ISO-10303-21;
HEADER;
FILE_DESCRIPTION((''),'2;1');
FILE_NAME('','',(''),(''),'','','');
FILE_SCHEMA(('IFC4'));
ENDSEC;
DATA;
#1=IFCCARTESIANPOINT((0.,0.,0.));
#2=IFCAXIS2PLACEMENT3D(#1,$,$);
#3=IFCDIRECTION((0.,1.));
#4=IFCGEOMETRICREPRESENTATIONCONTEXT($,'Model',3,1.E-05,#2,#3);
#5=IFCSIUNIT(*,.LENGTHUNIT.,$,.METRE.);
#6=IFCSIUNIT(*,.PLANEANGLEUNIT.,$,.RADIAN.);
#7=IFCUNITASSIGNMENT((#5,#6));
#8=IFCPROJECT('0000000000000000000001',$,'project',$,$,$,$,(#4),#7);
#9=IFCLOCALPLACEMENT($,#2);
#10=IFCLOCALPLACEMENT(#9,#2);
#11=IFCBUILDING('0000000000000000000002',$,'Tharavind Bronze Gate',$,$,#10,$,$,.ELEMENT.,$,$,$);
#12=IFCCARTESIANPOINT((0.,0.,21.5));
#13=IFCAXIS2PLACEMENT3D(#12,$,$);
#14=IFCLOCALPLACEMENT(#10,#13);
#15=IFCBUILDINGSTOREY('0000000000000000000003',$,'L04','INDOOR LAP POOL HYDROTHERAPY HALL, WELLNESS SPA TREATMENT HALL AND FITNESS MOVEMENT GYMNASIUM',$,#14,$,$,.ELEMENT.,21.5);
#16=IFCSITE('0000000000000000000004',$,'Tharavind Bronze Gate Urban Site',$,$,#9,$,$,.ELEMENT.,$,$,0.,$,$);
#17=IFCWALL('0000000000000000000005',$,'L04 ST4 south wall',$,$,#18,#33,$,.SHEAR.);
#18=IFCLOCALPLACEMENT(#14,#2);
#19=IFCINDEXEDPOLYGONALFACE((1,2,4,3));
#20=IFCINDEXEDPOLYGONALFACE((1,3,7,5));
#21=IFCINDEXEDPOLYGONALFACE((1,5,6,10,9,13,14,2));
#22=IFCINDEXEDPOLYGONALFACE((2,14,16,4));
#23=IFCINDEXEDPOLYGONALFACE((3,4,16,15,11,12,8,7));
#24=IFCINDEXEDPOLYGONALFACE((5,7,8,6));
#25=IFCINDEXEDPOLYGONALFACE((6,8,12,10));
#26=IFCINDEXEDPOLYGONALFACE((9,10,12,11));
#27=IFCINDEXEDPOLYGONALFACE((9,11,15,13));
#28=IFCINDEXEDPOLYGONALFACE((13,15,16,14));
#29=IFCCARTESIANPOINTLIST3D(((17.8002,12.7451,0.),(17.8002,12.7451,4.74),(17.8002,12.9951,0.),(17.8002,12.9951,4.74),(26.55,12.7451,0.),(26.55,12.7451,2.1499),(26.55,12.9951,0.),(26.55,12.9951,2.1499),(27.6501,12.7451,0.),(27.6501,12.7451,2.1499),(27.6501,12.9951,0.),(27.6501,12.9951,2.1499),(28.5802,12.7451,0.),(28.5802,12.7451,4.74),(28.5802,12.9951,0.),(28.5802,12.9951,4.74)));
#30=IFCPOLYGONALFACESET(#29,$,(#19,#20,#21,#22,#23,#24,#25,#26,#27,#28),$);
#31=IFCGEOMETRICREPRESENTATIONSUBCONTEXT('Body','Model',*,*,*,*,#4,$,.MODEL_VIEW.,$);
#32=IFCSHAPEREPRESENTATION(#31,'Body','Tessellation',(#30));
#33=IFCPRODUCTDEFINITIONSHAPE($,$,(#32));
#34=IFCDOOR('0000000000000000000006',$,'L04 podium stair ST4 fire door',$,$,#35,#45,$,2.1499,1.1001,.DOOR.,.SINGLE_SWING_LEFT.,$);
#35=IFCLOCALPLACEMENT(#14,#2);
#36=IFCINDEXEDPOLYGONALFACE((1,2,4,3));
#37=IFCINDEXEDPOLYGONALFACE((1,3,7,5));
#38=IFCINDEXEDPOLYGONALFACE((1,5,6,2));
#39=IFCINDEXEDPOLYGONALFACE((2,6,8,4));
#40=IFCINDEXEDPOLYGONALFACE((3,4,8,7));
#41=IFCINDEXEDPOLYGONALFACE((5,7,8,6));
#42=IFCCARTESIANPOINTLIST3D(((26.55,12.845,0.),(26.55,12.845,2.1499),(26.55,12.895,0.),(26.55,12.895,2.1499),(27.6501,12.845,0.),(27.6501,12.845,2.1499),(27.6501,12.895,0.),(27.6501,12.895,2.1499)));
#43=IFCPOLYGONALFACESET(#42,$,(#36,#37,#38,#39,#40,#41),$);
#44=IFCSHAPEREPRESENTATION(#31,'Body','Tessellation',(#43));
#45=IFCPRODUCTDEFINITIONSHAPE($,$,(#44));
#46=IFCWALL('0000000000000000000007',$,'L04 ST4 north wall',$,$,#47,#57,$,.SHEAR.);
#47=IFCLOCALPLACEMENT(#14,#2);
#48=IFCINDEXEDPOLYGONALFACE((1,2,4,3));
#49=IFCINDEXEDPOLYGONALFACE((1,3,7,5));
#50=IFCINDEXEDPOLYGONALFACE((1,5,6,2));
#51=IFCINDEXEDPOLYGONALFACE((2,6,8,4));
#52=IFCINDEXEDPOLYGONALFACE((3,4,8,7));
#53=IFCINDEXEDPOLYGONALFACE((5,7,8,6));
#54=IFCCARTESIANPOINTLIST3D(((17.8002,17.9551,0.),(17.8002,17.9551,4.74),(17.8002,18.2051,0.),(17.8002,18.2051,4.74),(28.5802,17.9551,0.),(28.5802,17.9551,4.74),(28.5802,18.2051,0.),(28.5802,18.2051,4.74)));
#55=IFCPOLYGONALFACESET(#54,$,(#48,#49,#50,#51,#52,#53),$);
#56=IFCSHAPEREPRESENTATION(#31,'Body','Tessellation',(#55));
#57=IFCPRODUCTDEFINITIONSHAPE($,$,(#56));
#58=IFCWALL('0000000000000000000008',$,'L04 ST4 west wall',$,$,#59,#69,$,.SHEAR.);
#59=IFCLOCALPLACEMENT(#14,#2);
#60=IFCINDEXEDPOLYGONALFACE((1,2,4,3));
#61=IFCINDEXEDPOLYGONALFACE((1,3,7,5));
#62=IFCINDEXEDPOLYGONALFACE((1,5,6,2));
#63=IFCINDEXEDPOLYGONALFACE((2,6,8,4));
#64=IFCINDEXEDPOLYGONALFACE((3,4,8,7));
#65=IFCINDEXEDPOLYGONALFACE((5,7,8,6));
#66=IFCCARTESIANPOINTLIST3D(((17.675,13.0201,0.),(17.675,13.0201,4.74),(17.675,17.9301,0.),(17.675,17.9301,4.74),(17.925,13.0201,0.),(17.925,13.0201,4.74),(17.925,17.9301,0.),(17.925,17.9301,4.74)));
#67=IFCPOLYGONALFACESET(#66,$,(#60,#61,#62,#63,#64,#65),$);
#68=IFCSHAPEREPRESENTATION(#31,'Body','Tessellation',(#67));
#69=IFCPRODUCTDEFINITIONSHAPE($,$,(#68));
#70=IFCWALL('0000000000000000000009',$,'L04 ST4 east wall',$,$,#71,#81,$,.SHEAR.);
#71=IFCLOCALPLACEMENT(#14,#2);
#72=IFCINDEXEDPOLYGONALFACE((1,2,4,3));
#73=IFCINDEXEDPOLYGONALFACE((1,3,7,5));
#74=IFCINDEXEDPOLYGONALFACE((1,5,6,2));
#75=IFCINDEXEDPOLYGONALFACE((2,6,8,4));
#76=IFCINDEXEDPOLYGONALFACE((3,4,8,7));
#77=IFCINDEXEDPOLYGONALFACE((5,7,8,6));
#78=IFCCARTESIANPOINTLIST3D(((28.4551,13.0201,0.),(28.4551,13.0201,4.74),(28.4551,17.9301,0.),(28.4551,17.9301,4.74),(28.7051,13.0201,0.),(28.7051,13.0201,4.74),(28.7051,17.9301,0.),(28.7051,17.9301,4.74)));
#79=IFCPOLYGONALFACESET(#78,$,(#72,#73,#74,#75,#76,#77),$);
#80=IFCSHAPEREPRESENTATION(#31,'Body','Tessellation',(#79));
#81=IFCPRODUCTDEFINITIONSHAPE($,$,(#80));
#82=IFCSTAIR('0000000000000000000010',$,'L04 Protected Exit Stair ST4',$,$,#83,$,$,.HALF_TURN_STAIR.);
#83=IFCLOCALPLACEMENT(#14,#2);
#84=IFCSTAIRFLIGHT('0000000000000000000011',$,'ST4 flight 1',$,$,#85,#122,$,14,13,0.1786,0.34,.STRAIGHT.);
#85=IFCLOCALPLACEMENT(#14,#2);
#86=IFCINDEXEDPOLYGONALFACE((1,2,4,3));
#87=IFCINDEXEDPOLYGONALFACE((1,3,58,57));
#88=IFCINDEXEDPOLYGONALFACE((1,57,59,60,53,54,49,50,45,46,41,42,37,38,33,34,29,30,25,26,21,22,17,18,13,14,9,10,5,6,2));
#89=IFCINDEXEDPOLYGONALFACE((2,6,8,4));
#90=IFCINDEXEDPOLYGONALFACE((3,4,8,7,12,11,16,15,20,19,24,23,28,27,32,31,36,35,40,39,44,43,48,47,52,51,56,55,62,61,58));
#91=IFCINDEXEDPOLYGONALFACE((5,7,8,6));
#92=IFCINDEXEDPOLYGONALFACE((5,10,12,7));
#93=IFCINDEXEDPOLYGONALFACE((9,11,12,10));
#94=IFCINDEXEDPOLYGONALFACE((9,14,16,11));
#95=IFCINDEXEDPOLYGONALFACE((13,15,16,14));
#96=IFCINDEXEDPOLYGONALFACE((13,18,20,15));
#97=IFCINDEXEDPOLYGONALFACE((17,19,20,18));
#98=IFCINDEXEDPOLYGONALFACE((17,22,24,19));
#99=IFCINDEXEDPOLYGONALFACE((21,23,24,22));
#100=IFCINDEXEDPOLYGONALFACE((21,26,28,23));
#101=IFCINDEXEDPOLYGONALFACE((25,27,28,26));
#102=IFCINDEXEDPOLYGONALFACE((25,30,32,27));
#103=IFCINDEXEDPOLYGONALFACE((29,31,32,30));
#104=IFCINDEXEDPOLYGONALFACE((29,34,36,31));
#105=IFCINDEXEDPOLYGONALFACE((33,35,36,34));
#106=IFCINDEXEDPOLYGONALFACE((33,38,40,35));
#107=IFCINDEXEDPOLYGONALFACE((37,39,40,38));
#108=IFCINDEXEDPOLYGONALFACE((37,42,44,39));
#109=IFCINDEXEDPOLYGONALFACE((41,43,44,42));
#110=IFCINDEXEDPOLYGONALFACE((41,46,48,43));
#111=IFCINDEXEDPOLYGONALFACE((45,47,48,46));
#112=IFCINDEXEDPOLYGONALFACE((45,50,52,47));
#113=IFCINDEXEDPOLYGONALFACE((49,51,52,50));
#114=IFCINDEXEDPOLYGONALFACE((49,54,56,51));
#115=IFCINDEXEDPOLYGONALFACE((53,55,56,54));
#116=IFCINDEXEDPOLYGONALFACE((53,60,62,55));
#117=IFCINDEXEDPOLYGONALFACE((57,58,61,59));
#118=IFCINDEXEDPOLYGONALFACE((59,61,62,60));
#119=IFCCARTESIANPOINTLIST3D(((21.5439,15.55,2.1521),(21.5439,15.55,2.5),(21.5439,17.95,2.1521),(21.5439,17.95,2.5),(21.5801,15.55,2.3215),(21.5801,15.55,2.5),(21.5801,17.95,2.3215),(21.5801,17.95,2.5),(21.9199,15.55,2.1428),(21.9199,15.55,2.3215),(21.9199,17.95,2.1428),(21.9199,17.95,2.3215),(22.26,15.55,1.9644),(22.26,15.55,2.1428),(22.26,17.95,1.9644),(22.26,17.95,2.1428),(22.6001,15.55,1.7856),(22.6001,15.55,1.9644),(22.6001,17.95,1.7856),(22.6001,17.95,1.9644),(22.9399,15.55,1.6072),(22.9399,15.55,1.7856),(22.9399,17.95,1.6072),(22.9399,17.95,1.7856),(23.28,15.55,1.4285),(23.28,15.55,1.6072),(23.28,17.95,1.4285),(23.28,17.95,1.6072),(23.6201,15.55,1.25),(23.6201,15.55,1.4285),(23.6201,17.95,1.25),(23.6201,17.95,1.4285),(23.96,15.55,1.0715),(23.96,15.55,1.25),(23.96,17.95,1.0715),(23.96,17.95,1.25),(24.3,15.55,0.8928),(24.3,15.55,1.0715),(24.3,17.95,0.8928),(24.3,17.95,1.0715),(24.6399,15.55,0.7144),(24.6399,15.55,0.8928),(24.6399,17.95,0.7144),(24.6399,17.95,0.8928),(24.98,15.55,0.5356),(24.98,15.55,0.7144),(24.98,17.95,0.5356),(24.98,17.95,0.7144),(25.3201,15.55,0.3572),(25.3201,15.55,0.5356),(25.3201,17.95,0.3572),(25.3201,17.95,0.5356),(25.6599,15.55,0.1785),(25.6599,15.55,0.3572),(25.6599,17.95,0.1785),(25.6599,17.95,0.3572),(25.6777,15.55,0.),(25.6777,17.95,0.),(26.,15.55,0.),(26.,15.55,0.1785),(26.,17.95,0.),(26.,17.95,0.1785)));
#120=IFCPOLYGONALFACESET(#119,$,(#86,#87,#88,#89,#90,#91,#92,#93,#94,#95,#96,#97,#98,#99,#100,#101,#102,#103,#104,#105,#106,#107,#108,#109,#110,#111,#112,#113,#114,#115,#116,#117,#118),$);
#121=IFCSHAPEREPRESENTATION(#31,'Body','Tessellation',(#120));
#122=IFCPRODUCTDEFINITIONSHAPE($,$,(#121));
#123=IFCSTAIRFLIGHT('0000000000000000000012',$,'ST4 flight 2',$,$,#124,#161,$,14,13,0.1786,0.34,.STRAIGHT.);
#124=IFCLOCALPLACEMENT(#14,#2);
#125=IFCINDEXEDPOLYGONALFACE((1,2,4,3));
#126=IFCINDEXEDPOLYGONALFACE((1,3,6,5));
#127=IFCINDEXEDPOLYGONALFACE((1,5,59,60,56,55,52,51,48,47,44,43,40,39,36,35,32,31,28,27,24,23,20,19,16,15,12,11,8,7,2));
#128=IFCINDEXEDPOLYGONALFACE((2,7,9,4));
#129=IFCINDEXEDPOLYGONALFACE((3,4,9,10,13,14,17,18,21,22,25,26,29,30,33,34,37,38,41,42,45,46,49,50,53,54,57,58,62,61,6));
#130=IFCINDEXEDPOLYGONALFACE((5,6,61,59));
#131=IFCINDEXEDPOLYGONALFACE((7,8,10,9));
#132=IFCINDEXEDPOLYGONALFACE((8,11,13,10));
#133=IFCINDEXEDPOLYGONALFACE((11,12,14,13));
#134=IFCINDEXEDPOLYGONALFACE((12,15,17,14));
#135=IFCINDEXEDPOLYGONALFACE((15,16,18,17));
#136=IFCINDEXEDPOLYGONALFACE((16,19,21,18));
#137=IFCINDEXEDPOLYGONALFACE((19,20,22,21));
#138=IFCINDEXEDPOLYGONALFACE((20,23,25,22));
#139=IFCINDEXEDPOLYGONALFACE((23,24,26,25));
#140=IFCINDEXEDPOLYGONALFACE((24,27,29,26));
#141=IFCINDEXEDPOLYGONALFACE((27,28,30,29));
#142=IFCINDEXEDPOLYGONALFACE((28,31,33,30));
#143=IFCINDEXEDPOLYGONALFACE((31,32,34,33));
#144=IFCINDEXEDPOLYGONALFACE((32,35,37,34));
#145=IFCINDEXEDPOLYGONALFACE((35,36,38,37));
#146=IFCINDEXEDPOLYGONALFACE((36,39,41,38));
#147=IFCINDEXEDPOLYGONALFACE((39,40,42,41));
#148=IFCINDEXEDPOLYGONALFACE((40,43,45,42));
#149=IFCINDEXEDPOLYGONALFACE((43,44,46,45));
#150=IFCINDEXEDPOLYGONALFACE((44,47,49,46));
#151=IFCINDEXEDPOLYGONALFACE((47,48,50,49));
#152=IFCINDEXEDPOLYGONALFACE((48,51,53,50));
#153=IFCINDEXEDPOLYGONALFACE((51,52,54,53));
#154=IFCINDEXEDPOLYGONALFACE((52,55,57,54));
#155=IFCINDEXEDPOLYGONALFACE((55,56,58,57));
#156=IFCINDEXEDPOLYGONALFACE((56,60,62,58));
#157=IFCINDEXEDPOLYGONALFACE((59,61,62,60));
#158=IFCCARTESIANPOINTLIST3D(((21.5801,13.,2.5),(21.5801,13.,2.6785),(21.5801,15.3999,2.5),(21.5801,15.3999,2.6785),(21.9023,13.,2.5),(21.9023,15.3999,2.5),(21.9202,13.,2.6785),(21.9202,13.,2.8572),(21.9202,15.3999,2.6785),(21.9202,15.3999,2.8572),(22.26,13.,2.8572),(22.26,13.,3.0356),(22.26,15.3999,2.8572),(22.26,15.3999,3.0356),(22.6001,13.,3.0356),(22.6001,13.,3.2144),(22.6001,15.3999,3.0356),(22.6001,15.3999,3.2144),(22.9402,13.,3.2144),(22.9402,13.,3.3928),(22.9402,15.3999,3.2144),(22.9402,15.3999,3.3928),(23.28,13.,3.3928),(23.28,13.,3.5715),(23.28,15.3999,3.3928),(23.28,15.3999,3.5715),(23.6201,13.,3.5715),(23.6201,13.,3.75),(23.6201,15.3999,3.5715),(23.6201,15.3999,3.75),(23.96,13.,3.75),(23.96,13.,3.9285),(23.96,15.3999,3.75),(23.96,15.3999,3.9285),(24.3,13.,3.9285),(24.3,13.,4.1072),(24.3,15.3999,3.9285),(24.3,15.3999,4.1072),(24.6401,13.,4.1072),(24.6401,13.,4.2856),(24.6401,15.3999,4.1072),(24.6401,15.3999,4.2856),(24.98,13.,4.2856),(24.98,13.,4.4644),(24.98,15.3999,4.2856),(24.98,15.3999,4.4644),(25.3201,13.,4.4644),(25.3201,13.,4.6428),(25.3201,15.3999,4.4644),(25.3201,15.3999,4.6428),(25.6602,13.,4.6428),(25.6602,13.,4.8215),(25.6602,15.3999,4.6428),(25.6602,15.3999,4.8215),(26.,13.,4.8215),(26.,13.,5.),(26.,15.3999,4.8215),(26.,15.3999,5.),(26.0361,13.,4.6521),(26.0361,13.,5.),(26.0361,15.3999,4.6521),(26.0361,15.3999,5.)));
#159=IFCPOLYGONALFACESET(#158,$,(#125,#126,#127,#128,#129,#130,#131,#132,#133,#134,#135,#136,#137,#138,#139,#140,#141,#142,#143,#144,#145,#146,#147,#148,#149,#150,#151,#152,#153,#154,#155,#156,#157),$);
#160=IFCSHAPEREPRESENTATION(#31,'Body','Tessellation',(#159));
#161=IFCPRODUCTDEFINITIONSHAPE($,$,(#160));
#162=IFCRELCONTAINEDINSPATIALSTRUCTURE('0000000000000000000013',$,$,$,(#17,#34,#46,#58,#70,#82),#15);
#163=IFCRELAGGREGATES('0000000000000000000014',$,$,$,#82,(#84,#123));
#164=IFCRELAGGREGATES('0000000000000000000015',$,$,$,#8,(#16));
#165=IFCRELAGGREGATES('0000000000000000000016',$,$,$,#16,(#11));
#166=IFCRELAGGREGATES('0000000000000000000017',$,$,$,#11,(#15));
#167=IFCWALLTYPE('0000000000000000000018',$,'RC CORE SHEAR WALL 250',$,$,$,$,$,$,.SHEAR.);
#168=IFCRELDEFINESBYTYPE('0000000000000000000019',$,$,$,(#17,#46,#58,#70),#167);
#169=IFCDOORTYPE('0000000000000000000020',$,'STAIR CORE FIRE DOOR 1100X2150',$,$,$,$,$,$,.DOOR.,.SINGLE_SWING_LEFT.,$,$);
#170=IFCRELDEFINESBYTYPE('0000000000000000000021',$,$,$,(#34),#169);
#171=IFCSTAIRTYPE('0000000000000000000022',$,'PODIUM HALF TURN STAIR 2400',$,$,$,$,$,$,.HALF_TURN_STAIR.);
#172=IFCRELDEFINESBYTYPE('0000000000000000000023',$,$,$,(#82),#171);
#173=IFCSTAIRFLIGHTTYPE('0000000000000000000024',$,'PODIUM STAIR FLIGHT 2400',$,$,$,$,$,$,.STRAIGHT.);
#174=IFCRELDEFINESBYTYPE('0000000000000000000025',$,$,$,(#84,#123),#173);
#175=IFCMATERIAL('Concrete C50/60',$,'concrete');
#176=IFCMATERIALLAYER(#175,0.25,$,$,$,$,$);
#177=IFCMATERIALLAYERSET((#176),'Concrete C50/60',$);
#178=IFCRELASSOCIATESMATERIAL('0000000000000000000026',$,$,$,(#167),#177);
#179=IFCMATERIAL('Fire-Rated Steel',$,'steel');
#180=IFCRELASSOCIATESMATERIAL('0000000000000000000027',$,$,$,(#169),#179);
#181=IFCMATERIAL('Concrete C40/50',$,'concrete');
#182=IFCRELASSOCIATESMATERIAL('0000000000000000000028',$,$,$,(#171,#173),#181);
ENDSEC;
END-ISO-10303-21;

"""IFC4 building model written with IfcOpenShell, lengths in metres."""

from ifc_helpers import new_model, si_unit, direction, frame, frame_2d, origin, place, context, subcontext, project, spatial, polyline, rectangle, outline, extrude, material, layer, layer_set, type_object, element, fill, aggregate, save


model = new_model("IFC4")

# Units and contexts
model_context = context("Model", 3, precision=1e-05, world=origin(), true_north=direction((0.0, 1.0)))
body_context = subcontext(model_context, "Body", "Model", "MODEL_VIEW")
ifc_project = project(units=[si_unit("LENGTHUNIT", "METRE"), si_unit("PLANEANGLEUNIT", "RADIAN")], contexts=[model_context])

# Site, building, storey
site_placement = place(None, origin())
site = spatial("IfcSite", under=ifc_project, at=site_placement, Name="Tharavind Bronze Gate Urban Site", CompositionType="ELEMENT", RefElevation=0.0)
building_placement = place(site_placement, origin())
building = spatial("IfcBuilding", under=site, at=building_placement, Name="Tharavind Bronze Gate", CompositionType="ELEMENT")
storey_placement = place(building_placement, frame((0.0, 0.0, 21.5)))
storey = spatial("IfcBuildingStorey", under=building, at=storey_placement, Name="L04", Description="INDOOR LAP POOL HYDROTHERAPY HALL, WELLNESS SPA TREATMENT HALL AND FITNESS MOVEMENT GYMNASIUM", CompositionType="ELEMENT", Elevation=21.5)

# Wall, opening, door
ifc_material_1 = material(Name="Concrete C50/60", Category="concrete")
ifc_layer_1 = layer(ifc_material_1, 0.25)
ifc_layer_set_1 = layer_set([ifc_layer_1], Name="Concrete C50/60")
wall_type_1 = type_object("IfcWallType", Name="RC CORE SHEAR WALL 250", PredefinedType="SHEAR", material=ifc_layer_set_1)
wall_1_placement = place(storey_placement, frame((17.8, 12.8701, 0.0), z_axis=(0.0, 0.0, 1.0), x_axis=(1.0, 0.0, 0.0)))
wall_1 = element("IfcWall", 1, at=wall_1_placement, inside=storey, type_object=wall_type_1, Name="L04 ST4 south wall", PredefinedType="SHEAR", context=body_context, shape_type="SweptSolid", body=[
    extrude(rectangle(XDim=10.78, YDim=0.25, at=frame_2d((5.3901, 0.0))), origin(), (0.0, 0.0, 1.0), 4.74),
])
opening_1_placement = place(wall_1_placement, frame((8.75, 0.0, 0.0)))
opening_1 = element("IfcOpeningElement", 2, at=opening_1_placement, cuts=wall_1, PredefinedType="OPENING", context=body_context, shape_type="SweptSolid", body=[
    extrude(rectangle(XDim=1.1001, YDim=2.1499, at=frame_2d((0.55, 1.075))), frame((0.0, 0.135, 0.0), z_axis=(0.0, -1.0, 0.0), x_axis=(1.0, 0.0, 0.0)), (0.0, 0.0, 1.0), 0.27),
])
ifc_material_2 = material(Name="Fire-Rated Steel", Category="steel")
door_type_1 = type_object("IfcDoorType", Name="STAIR CORE FIRE DOOR 1100X2150", OperationType="SINGLE_SWING_LEFT", PredefinedType="DOOR", material=ifc_material_2)
door_1_placement = place(opening_1_placement, origin())
door_1 = element("IfcDoor", 3, at=door_1_placement, inside=storey, type_object=door_type_1, Name="L04 podium stair ST4 fire door", OperationType="SINGLE_SWING_LEFT", OverallHeight=2.1499, OverallWidth=1.1001, PredefinedType="DOOR", context=body_context, shape_type="SweptSolid", body=[
    extrude(rectangle(XDim=1.1001, YDim=2.1499, at=frame_2d((0.55, 1.075))), frame((0.0, 0.0249, 0.0), z_axis=(0.0, -1.0, 0.0), x_axis=(1.0, 0.0, 0.0)), (0.0, 0.0, 1.0), 0.05),
])
fill(opening_1, door_1)

# Walls
wall_2_placement = place(storey_placement, frame((17.8, 18.0801, 0.0), z_axis=(0.0, 0.0, 1.0), x_axis=(1.0, 0.0, 0.0)))
element("IfcWall", 4, at=wall_2_placement, inside=storey, type_object=wall_type_1, Name="L04 ST4 north wall", PredefinedType="SHEAR", context=body_context, shape_type="SweptSolid", body=[
    extrude(rectangle(XDim=10.78, YDim=0.25, at=frame_2d((5.3901, 0.0))), origin(), (0.0, 0.0, 1.0), 4.74),
])
for number, where, z_axis, x_axis, name in (
    (5, (17.8, 13.02, 0.0), (0.0, 0.0, 1.0), (0.0, 1.0, 0.0), "L04 ST4 west wall"),
    (6, (28.5801, 13.02, 0.0), (0.0, 0.0, 1.0), (0.0, 1.0, 0.0), "L04 ST4 east wall"),
):
    element("IfcWall", number, at=place(storey_placement, frame(where, z_axis=z_axis, x_axis=x_axis)), inside=storey, type_object=wall_type_1, Name=name, PredefinedType="SHEAR", context=body_context, shape_type="SweptSolid", body=[
        extrude(rectangle(XDim=4.9099, YDim=0.25, at=frame_2d((2.4551, 0.0))), origin(), (0.0, 0.0, 1.0), 4.74),
    ])

# Stair, stair flights
ifc_material_3 = material(Name="Concrete C40/50", Category="concrete")
stair_type = type_object("IfcStairType", Name="PODIUM HALF TURN STAIR 2400", PredefinedType="HALF_TURN_STAIR", material=ifc_material_3)
stair_placement = place(storey_placement, origin())
stair = element("IfcStair", 7, at=stair_placement, inside=storey, type_object=stair_type, Name="L04 Protected Exit Stair ST4", PredefinedType="HALF_TURN_STAIR")
stair_flight_type = type_object("IfcStairFlightType", Name="PODIUM STAIR FLIGHT 2400", PredefinedType="STRAIGHT", material=ifc_material_3)
stair_flight_1_placement = place(storey_placement, frame((26.0, 16.75, 0.0), z_axis=(0.0, 0.0, 1.0), x_axis=(-1.0, 0.0, 0.0)))
stair_flight_1 = element("IfcStairFlight", 8, at=stair_flight_1_placement, type_object=stair_flight_type, Name="ST4 flight 1", NumberOfRisers=14, NumberOfTreads=13, PredefinedType="STRAIGHT", RiserHeight=0.1786, TreadLength=0.34, context=body_context, shape_type="SweptSolid", body=[
    extrude(outline(polyline([(0.0, 0.0), (0.0, 0.1785), (0.3401, 0.1785), (0.3401, 0.3572), (0.6799, 0.3572), (0.6799, 0.5356), (1.02, 0.5356), (1.02, 0.7144), (1.3601, 0.7144), (1.3601, 0.8928), (1.7, 0.8928), (1.7, 1.0715), (2.04, 1.0715), (2.04, 1.25), (2.3799, 1.25), (2.3799, 1.4285), (2.72, 1.4285), (2.72, 1.6072), (3.0601, 1.6072), (3.0601, 1.7856), (3.3999, 1.7856), (3.3999, 1.9644), (3.74, 1.9644), (3.74, 2.1428), (4.0801, 2.1428), (4.0801, 2.3215), (4.4199, 2.3215), (4.4199, 2.5), (4.4561, 2.5), (4.4561, 2.1521), (0.3223, 0.0), (0.0, 0.0)])), frame((0.0, 1.2, 0.0), z_axis=(0.0, -1.0, 0.0), x_axis=(1.0, 0.0, 0.0)), (0.0, 0.0, 1.0), 2.3999),
])
stair_flight_2_placement = place(storey_placement, frame((21.5801, 14.2, 2.5), z_axis=(0.0, 0.0, 1.0), x_axis=(1.0, 0.0, 0.0)))
stair_flight_2 = element("IfcStairFlight", 9, at=stair_flight_2_placement, type_object=stair_flight_type, Name="ST4 flight 2", NumberOfRisers=14, NumberOfTreads=13, PredefinedType="STRAIGHT", RiserHeight=0.1786, TreadLength=0.34, context=body_context, shape_type="SweptSolid", body=[
    extrude(outline(polyline([(0.0, 0.0), (0.0, 0.1785), (0.3401, 0.1785), (0.3401, 0.3572), (0.6799, 0.3572), (0.6799, 0.5356), (1.02, 0.5356), (1.02, 0.7144), (1.3601, 0.7144), (1.3601, 0.8928), (1.7, 0.8928), (1.7, 1.0715), (2.04, 1.0715), (2.04, 1.25), (2.3799, 1.25), (2.3799, 1.4285), (2.72, 1.4285), (2.72, 1.6072), (3.0601, 1.6072), (3.0601, 1.7856), (3.3999, 1.7856), (3.3999, 1.9644), (3.74, 1.9644), (3.74, 2.1428), (4.0801, 2.1428), (4.0801, 2.3215), (4.4199, 2.3215), (4.4199, 2.5), (4.4561, 2.5), (4.4561, 2.1521), (0.3223, 0.0), (0.0, 0.0)])), frame((0.0, 1.2, 0.0), z_axis=(0.0, -1.0, 0.0), x_axis=(1.0, 0.0, 0.0)), (0.0, 0.0, 1.0), 2.3999),
])
aggregate(stair, [stair_flight_1, stair_flight_2])

save(model, "model.ifc")
